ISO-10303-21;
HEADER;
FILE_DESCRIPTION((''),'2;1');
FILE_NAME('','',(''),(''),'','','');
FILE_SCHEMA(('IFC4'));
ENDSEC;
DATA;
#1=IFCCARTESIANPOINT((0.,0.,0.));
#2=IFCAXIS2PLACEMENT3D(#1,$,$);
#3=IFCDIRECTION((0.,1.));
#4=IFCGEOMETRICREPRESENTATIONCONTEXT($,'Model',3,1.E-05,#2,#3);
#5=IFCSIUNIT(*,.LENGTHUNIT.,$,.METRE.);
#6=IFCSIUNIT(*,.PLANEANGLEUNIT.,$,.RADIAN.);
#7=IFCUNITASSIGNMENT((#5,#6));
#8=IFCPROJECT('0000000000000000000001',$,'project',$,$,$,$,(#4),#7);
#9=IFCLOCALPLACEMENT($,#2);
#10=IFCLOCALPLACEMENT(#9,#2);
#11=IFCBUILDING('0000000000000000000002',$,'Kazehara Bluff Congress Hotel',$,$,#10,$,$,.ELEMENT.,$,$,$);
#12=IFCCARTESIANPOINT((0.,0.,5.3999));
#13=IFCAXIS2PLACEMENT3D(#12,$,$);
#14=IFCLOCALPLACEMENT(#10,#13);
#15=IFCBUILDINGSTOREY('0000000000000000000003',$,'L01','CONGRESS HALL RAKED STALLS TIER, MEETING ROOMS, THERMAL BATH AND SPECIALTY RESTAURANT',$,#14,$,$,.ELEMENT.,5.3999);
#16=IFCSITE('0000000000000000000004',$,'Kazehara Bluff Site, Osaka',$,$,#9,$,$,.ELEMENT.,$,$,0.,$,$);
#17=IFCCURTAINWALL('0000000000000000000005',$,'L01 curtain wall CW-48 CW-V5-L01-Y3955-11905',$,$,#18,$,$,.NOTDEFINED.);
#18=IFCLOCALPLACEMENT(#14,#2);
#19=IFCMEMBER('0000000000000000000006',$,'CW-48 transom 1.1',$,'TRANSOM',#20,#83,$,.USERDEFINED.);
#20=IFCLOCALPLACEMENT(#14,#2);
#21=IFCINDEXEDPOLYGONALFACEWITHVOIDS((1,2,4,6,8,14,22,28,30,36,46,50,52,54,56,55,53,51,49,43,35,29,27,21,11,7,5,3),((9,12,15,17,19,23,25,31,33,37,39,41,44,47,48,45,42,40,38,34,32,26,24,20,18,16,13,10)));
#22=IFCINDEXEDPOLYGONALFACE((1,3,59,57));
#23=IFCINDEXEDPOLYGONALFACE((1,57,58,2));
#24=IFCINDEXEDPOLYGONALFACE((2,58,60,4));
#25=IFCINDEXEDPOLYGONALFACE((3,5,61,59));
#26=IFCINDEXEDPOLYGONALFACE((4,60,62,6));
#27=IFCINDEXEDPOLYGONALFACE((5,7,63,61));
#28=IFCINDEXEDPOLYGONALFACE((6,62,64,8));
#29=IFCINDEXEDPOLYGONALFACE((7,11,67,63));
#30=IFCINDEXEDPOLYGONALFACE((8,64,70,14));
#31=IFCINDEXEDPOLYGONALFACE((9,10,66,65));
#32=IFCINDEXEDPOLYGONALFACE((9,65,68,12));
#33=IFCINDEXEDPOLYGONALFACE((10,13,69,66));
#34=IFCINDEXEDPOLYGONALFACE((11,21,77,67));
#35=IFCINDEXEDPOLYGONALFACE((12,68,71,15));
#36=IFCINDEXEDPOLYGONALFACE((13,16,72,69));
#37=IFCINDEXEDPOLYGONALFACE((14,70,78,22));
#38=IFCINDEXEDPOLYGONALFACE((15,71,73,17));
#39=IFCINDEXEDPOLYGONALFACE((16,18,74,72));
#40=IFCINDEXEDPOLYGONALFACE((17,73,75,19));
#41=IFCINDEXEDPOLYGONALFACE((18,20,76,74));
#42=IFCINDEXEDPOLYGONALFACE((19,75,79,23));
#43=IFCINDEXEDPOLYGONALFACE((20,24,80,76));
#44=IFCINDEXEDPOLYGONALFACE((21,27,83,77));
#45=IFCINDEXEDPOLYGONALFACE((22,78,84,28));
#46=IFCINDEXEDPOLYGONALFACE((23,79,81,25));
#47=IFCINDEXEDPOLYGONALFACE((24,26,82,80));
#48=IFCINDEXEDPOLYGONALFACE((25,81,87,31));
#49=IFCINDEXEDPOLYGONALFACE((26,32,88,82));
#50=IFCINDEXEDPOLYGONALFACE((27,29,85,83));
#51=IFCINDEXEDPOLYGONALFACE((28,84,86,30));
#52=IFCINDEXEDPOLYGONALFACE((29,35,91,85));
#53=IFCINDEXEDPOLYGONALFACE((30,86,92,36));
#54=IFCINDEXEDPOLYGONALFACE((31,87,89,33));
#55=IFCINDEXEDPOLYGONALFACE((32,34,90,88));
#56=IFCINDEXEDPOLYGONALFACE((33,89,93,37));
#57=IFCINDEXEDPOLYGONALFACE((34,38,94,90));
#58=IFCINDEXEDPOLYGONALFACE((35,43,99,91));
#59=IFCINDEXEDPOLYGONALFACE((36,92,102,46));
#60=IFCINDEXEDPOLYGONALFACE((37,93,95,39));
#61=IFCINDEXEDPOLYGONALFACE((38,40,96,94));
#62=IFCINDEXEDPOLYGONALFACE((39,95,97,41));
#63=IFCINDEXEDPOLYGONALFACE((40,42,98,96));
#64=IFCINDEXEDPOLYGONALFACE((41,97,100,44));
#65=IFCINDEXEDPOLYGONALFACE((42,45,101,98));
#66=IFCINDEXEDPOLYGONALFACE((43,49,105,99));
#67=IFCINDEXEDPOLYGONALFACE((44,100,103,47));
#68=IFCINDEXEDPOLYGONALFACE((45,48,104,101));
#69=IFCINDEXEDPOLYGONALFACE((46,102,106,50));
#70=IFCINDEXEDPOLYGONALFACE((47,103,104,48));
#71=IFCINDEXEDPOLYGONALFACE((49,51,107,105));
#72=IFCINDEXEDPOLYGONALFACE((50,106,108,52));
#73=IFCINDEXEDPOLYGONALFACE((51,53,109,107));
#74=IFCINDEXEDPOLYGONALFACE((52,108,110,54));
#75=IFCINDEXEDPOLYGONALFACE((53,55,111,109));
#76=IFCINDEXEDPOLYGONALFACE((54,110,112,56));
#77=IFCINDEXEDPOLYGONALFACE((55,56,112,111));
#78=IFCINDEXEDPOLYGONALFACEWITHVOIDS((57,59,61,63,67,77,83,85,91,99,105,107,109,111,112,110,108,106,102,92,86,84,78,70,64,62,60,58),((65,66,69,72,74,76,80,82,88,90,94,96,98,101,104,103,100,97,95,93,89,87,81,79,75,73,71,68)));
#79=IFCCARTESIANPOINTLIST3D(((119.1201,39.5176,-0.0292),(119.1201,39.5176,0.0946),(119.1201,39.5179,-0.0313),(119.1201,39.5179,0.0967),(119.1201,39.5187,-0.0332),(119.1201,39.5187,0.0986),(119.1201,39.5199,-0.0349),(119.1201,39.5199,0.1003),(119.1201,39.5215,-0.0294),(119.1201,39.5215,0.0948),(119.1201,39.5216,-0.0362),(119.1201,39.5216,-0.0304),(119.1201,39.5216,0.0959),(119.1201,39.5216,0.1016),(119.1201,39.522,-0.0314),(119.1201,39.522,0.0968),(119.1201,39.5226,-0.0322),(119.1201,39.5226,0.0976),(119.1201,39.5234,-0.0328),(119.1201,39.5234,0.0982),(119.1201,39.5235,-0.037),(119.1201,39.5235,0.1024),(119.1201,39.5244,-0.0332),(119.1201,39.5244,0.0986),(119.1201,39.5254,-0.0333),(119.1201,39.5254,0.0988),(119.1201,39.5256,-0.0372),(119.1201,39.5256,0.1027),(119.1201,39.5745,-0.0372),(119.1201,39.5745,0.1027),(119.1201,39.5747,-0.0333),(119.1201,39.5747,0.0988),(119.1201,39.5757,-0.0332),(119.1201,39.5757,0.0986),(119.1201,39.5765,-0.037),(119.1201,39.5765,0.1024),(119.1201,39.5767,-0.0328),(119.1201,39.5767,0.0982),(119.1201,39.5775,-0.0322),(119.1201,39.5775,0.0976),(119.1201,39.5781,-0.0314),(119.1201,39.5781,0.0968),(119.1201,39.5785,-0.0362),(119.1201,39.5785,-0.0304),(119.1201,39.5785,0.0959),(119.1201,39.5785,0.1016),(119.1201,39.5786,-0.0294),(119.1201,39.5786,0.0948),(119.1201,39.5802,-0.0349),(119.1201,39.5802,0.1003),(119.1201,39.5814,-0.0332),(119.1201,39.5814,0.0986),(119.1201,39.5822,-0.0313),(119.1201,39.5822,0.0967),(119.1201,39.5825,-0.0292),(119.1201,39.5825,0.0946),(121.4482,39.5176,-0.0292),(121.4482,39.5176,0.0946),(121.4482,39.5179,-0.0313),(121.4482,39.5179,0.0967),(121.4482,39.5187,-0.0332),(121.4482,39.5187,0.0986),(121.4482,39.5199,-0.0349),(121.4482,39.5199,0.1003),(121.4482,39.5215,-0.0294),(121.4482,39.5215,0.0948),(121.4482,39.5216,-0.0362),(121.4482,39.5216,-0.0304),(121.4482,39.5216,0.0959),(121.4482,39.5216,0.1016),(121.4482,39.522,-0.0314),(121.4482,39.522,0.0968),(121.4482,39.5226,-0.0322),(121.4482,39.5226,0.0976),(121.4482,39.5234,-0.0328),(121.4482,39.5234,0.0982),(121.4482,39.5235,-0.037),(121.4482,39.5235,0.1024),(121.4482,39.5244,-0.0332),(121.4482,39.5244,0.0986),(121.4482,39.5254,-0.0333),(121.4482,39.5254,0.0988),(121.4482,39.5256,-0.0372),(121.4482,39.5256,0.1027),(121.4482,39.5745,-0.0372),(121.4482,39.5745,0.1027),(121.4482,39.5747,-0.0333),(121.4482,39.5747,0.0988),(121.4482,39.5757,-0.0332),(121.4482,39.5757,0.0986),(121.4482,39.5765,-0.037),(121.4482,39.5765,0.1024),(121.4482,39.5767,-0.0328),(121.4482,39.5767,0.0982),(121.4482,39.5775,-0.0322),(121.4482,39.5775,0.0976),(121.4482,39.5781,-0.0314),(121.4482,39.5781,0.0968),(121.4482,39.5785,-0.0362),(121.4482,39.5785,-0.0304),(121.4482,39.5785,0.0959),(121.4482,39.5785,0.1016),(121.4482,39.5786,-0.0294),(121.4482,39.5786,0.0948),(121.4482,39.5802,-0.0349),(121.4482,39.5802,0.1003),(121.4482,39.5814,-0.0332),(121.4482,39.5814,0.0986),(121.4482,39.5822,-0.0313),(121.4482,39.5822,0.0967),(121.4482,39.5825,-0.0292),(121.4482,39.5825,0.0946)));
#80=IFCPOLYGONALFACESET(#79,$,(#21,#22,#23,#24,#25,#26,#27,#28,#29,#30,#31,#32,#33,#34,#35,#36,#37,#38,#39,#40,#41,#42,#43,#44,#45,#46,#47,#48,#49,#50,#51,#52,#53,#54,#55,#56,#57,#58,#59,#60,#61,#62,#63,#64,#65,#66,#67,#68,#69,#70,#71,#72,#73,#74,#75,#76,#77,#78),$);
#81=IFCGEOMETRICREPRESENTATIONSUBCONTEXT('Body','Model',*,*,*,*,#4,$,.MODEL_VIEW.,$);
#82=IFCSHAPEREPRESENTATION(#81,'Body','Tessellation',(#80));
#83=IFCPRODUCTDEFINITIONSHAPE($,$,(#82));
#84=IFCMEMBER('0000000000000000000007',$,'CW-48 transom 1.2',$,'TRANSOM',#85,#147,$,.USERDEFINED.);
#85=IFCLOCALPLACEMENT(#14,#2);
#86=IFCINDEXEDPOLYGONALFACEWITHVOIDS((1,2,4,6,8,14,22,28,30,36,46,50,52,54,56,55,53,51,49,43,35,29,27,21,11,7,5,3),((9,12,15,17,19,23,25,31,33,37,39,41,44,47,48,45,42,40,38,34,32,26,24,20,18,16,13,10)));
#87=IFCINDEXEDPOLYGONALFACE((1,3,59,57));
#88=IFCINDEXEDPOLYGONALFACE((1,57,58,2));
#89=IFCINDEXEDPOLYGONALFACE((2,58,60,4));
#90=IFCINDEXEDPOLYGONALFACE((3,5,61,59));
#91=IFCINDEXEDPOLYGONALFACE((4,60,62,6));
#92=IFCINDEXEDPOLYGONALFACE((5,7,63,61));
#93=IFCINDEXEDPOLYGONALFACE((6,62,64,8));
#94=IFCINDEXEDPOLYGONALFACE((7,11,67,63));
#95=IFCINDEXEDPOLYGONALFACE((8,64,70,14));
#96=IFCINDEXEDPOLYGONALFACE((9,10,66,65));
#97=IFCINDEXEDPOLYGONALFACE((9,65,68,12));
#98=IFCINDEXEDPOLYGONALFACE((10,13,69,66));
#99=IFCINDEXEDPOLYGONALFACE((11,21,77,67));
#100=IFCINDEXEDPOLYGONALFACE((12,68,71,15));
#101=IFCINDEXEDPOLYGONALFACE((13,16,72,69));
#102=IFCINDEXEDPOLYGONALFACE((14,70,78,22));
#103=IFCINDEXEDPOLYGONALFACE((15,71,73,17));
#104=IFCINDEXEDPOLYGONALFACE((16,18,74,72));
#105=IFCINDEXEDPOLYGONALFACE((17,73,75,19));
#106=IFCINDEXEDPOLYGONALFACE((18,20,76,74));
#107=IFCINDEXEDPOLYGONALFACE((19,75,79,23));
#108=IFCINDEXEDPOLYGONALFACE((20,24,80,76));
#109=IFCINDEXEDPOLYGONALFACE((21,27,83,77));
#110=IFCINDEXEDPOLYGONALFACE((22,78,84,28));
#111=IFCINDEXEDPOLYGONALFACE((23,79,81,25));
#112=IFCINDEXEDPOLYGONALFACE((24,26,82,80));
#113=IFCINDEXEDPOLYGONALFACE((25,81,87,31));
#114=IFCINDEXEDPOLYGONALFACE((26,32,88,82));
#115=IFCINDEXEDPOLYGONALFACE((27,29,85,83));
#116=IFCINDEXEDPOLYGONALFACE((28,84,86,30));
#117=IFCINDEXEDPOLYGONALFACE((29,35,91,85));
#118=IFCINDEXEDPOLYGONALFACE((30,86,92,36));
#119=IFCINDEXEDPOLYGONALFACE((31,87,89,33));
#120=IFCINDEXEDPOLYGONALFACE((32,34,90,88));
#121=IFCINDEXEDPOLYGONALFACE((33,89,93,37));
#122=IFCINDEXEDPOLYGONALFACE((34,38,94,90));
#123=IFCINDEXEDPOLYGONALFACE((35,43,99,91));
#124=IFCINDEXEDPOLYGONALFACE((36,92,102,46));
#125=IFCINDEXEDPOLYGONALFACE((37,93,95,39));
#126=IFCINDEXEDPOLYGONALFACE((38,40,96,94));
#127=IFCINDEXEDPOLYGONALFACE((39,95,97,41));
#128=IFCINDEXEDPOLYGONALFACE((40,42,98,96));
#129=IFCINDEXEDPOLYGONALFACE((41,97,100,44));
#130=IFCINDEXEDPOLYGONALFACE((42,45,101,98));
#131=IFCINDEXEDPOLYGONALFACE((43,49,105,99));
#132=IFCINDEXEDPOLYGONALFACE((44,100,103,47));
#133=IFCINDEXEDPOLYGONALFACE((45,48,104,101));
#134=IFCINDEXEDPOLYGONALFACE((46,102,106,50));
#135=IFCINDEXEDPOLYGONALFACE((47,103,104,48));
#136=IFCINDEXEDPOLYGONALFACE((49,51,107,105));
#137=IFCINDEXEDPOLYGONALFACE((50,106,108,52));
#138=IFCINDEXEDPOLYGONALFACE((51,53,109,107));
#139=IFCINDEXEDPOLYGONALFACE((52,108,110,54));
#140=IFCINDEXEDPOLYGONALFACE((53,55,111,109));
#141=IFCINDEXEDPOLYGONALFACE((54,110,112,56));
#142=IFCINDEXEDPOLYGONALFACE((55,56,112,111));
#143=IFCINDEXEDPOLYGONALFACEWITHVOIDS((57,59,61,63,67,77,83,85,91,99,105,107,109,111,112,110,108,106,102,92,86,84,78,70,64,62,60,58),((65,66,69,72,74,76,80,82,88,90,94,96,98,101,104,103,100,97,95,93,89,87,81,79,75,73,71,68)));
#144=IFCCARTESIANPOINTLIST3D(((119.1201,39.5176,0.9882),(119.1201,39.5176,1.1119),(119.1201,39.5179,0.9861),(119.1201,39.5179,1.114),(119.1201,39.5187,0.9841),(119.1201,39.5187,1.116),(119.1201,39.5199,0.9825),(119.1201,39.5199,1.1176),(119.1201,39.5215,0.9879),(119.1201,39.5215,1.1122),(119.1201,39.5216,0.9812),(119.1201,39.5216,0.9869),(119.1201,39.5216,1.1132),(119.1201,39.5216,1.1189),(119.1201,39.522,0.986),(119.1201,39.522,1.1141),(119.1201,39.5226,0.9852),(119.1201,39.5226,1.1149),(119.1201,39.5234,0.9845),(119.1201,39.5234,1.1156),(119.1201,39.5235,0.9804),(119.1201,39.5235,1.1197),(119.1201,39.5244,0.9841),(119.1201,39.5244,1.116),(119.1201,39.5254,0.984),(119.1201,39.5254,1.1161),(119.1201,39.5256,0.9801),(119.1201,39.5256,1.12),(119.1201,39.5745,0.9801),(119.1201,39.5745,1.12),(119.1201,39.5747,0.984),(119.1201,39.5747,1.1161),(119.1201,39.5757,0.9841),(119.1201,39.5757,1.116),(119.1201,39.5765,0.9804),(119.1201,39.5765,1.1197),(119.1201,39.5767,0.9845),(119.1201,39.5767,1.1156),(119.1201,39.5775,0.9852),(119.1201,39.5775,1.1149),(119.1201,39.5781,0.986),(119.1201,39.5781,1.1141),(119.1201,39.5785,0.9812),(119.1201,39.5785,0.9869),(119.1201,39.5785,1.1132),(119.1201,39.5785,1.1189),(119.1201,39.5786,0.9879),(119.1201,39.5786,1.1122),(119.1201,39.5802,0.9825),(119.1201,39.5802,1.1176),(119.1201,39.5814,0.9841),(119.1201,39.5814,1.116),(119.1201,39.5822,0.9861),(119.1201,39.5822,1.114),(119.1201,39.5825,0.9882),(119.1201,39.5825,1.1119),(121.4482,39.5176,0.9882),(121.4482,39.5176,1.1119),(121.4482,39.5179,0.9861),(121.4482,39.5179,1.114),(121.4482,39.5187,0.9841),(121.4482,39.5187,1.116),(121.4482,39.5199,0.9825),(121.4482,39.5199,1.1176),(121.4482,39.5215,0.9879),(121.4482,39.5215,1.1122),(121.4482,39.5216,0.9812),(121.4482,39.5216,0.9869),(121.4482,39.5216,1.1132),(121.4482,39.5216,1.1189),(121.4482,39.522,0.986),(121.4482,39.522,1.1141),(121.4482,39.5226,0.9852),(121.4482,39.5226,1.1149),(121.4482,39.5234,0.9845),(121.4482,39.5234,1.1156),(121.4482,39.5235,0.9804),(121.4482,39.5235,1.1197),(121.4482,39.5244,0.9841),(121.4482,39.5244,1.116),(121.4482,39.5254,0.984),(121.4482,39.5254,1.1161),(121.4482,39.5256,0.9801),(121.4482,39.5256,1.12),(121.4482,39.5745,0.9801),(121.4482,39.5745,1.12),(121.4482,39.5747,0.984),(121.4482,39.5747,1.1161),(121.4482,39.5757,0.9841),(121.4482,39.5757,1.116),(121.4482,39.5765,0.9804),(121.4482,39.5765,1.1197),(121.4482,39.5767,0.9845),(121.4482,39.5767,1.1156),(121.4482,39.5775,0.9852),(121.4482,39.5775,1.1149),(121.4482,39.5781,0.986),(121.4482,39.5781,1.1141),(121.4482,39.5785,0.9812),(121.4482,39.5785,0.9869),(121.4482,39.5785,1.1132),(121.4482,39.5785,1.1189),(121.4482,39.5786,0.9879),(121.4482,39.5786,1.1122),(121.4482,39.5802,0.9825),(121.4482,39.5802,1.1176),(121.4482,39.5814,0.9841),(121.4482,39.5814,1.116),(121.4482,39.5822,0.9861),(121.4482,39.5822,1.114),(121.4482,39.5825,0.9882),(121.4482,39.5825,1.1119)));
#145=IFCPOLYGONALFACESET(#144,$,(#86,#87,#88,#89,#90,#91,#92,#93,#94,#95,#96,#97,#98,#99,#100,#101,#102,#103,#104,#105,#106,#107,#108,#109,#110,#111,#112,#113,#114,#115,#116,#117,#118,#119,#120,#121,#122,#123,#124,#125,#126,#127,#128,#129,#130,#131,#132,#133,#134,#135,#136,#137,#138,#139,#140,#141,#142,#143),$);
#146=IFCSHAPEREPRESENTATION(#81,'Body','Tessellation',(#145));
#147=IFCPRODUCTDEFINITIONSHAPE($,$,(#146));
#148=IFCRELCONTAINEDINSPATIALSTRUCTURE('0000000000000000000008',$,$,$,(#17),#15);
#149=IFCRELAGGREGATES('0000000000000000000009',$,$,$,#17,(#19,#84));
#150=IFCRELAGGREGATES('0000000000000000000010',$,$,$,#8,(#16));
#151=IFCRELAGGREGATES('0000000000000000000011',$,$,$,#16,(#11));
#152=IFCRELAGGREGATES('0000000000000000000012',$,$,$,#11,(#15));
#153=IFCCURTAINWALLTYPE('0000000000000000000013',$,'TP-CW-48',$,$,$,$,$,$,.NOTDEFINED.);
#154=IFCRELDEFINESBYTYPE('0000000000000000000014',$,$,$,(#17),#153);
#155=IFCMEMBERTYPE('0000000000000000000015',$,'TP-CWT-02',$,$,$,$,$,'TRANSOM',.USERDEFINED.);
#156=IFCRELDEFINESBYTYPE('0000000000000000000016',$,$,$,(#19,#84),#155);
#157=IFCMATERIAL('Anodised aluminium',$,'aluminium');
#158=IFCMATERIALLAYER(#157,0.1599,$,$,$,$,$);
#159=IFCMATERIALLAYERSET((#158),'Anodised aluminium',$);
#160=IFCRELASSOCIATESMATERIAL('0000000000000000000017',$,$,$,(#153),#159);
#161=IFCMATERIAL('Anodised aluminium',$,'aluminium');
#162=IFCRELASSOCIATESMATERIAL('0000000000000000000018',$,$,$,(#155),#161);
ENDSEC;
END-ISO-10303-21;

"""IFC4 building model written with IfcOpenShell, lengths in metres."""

from ifc_helpers import new_model, si_unit, direction, frame, origin, origin_2d, place, context, subcontext, project, spatial, hollow_rectangle, extrude, material, layer, layer_set, material_profile, profile_set, type_object, element, aggregate, save


model = new_model("IFC4")

# Units and contexts
model_context = context("Model", 3, precision=1e-05, world=origin(), true_north=direction((0.0, 1.0)))
body_context = subcontext(model_context, "Body", "Model", "MODEL_VIEW")
ifc_project = project(units=[si_unit("LENGTHUNIT", "METRE"), si_unit("PLANEANGLEUNIT", "RADIAN")], contexts=[model_context])

# Site, building, storey
site_placement = place(None, origin())
site = spatial("IfcSite", under=ifc_project, at=site_placement, Name="Kazehara Bluff Site, Osaka", CompositionType="ELEMENT", RefElevation=0.0)
building_placement = place(site_placement, origin())
building = spatial("IfcBuilding", under=site, at=building_placement, Name="Kazehara Bluff Congress Hotel", CompositionType="ELEMENT")
storey_placement = place(building_placement, frame((0.0, 0.0, 5.3999)))
storey = spatial("IfcBuildingStorey", under=building, at=storey_placement, Name="L01", Description="CONGRESS HALL RAKED STALLS TIER, MEETING ROOMS, THERMAL BATH AND SPECIALTY RESTAURANT", CompositionType="ELEMENT", Elevation=5.3999)

# Curtain wall, members
ifc_material_1 = material(Name="Anodised aluminium", Category="aluminium")
ifc_layer_1 = layer(ifc_material_1, 0.1599)
ifc_layer_set_1 = layer_set([ifc_layer_1], Name="Anodised aluminium")
curtain_wall_type_1 = type_object("IfcCurtainWallType", Name="TP-CW-48", PredefinedType="NOTDEFINED", material=ifc_layer_set_1)
curtain_wall_1_placement = place(storey_placement, origin())
curtain_wall_1 = element("IfcCurtainWall", 1, at=curtain_wall_1_placement, inside=storey, type_object=curtain_wall_type_1, Name="L01 curtain wall CW-48 CW-V5-L01-Y3955-11905", PredefinedType="NOTDEFINED")
ifc_material_2 = material(Name="Anodised aluminium", Category="aluminium")
ifc_material_profile_1 = material_profile(ifc_material_2, hollow_rectangle(XDim=0.0649, YDim=0.1399, WallThickness=0.0039, InnerFilletRadius=0.0039, OuterFilletRadius=0.0081, at=origin_2d()))
ifc_profile_set_1 = profile_set([ifc_material_profile_1], Name="Anodised aluminium")
member_type_1 = type_object("IfcMemberType", Name="TP-CWT-02", ElementType="TRANSOM", PredefinedType="USERDEFINED", material=ifc_profile_set_1)
member_1_placement = place(storey_placement, frame((119.1201, 39.55, 0.0327), z_axis=(1.0, 0.0, 0.0), x_axis=(0.0, 1.0, 0.0)))
member_1 = element("IfcMember", 2, at=member_1_placement, type_object=member_type_1, Name="CW-48 transom 1.1", ObjectType="TRANSOM", PredefinedType="USERDEFINED", context=body_context, shape_type="SweptSolid", body=[
    extrude(hollow_rectangle(XDim=0.0649, YDim=0.1399, WallThickness=0.0039, InnerFilletRadius=0.0039, OuterFilletRadius=0.0081, at=origin_2d()), origin(), (0.0, 0.0, 1.0), 2.3281),
])
member_2_placement = place(storey_placement, frame((119.1201, 39.55, 1.05), z_axis=(1.0, 0.0, 0.0), x_axis=(0.0, 1.0, 0.0)))
member_2 = element("IfcMember", 3, at=member_2_placement, type_object=member_type_1, Name="CW-48 transom 1.2", ObjectType="TRANSOM", PredefinedType="USERDEFINED", context=body_context, shape_type="SweptSolid", body=[
    extrude(hollow_rectangle(XDim=0.0649, YDim=0.1399, WallThickness=0.0039, InnerFilletRadius=0.0039, OuterFilletRadius=0.0081, at=origin_2d()), origin(), (0.0, 0.0, 1.0), 2.3281),
])

aggregate(curtain_wall_1, [member_1, member_2])

save(model, "model.ifc")
